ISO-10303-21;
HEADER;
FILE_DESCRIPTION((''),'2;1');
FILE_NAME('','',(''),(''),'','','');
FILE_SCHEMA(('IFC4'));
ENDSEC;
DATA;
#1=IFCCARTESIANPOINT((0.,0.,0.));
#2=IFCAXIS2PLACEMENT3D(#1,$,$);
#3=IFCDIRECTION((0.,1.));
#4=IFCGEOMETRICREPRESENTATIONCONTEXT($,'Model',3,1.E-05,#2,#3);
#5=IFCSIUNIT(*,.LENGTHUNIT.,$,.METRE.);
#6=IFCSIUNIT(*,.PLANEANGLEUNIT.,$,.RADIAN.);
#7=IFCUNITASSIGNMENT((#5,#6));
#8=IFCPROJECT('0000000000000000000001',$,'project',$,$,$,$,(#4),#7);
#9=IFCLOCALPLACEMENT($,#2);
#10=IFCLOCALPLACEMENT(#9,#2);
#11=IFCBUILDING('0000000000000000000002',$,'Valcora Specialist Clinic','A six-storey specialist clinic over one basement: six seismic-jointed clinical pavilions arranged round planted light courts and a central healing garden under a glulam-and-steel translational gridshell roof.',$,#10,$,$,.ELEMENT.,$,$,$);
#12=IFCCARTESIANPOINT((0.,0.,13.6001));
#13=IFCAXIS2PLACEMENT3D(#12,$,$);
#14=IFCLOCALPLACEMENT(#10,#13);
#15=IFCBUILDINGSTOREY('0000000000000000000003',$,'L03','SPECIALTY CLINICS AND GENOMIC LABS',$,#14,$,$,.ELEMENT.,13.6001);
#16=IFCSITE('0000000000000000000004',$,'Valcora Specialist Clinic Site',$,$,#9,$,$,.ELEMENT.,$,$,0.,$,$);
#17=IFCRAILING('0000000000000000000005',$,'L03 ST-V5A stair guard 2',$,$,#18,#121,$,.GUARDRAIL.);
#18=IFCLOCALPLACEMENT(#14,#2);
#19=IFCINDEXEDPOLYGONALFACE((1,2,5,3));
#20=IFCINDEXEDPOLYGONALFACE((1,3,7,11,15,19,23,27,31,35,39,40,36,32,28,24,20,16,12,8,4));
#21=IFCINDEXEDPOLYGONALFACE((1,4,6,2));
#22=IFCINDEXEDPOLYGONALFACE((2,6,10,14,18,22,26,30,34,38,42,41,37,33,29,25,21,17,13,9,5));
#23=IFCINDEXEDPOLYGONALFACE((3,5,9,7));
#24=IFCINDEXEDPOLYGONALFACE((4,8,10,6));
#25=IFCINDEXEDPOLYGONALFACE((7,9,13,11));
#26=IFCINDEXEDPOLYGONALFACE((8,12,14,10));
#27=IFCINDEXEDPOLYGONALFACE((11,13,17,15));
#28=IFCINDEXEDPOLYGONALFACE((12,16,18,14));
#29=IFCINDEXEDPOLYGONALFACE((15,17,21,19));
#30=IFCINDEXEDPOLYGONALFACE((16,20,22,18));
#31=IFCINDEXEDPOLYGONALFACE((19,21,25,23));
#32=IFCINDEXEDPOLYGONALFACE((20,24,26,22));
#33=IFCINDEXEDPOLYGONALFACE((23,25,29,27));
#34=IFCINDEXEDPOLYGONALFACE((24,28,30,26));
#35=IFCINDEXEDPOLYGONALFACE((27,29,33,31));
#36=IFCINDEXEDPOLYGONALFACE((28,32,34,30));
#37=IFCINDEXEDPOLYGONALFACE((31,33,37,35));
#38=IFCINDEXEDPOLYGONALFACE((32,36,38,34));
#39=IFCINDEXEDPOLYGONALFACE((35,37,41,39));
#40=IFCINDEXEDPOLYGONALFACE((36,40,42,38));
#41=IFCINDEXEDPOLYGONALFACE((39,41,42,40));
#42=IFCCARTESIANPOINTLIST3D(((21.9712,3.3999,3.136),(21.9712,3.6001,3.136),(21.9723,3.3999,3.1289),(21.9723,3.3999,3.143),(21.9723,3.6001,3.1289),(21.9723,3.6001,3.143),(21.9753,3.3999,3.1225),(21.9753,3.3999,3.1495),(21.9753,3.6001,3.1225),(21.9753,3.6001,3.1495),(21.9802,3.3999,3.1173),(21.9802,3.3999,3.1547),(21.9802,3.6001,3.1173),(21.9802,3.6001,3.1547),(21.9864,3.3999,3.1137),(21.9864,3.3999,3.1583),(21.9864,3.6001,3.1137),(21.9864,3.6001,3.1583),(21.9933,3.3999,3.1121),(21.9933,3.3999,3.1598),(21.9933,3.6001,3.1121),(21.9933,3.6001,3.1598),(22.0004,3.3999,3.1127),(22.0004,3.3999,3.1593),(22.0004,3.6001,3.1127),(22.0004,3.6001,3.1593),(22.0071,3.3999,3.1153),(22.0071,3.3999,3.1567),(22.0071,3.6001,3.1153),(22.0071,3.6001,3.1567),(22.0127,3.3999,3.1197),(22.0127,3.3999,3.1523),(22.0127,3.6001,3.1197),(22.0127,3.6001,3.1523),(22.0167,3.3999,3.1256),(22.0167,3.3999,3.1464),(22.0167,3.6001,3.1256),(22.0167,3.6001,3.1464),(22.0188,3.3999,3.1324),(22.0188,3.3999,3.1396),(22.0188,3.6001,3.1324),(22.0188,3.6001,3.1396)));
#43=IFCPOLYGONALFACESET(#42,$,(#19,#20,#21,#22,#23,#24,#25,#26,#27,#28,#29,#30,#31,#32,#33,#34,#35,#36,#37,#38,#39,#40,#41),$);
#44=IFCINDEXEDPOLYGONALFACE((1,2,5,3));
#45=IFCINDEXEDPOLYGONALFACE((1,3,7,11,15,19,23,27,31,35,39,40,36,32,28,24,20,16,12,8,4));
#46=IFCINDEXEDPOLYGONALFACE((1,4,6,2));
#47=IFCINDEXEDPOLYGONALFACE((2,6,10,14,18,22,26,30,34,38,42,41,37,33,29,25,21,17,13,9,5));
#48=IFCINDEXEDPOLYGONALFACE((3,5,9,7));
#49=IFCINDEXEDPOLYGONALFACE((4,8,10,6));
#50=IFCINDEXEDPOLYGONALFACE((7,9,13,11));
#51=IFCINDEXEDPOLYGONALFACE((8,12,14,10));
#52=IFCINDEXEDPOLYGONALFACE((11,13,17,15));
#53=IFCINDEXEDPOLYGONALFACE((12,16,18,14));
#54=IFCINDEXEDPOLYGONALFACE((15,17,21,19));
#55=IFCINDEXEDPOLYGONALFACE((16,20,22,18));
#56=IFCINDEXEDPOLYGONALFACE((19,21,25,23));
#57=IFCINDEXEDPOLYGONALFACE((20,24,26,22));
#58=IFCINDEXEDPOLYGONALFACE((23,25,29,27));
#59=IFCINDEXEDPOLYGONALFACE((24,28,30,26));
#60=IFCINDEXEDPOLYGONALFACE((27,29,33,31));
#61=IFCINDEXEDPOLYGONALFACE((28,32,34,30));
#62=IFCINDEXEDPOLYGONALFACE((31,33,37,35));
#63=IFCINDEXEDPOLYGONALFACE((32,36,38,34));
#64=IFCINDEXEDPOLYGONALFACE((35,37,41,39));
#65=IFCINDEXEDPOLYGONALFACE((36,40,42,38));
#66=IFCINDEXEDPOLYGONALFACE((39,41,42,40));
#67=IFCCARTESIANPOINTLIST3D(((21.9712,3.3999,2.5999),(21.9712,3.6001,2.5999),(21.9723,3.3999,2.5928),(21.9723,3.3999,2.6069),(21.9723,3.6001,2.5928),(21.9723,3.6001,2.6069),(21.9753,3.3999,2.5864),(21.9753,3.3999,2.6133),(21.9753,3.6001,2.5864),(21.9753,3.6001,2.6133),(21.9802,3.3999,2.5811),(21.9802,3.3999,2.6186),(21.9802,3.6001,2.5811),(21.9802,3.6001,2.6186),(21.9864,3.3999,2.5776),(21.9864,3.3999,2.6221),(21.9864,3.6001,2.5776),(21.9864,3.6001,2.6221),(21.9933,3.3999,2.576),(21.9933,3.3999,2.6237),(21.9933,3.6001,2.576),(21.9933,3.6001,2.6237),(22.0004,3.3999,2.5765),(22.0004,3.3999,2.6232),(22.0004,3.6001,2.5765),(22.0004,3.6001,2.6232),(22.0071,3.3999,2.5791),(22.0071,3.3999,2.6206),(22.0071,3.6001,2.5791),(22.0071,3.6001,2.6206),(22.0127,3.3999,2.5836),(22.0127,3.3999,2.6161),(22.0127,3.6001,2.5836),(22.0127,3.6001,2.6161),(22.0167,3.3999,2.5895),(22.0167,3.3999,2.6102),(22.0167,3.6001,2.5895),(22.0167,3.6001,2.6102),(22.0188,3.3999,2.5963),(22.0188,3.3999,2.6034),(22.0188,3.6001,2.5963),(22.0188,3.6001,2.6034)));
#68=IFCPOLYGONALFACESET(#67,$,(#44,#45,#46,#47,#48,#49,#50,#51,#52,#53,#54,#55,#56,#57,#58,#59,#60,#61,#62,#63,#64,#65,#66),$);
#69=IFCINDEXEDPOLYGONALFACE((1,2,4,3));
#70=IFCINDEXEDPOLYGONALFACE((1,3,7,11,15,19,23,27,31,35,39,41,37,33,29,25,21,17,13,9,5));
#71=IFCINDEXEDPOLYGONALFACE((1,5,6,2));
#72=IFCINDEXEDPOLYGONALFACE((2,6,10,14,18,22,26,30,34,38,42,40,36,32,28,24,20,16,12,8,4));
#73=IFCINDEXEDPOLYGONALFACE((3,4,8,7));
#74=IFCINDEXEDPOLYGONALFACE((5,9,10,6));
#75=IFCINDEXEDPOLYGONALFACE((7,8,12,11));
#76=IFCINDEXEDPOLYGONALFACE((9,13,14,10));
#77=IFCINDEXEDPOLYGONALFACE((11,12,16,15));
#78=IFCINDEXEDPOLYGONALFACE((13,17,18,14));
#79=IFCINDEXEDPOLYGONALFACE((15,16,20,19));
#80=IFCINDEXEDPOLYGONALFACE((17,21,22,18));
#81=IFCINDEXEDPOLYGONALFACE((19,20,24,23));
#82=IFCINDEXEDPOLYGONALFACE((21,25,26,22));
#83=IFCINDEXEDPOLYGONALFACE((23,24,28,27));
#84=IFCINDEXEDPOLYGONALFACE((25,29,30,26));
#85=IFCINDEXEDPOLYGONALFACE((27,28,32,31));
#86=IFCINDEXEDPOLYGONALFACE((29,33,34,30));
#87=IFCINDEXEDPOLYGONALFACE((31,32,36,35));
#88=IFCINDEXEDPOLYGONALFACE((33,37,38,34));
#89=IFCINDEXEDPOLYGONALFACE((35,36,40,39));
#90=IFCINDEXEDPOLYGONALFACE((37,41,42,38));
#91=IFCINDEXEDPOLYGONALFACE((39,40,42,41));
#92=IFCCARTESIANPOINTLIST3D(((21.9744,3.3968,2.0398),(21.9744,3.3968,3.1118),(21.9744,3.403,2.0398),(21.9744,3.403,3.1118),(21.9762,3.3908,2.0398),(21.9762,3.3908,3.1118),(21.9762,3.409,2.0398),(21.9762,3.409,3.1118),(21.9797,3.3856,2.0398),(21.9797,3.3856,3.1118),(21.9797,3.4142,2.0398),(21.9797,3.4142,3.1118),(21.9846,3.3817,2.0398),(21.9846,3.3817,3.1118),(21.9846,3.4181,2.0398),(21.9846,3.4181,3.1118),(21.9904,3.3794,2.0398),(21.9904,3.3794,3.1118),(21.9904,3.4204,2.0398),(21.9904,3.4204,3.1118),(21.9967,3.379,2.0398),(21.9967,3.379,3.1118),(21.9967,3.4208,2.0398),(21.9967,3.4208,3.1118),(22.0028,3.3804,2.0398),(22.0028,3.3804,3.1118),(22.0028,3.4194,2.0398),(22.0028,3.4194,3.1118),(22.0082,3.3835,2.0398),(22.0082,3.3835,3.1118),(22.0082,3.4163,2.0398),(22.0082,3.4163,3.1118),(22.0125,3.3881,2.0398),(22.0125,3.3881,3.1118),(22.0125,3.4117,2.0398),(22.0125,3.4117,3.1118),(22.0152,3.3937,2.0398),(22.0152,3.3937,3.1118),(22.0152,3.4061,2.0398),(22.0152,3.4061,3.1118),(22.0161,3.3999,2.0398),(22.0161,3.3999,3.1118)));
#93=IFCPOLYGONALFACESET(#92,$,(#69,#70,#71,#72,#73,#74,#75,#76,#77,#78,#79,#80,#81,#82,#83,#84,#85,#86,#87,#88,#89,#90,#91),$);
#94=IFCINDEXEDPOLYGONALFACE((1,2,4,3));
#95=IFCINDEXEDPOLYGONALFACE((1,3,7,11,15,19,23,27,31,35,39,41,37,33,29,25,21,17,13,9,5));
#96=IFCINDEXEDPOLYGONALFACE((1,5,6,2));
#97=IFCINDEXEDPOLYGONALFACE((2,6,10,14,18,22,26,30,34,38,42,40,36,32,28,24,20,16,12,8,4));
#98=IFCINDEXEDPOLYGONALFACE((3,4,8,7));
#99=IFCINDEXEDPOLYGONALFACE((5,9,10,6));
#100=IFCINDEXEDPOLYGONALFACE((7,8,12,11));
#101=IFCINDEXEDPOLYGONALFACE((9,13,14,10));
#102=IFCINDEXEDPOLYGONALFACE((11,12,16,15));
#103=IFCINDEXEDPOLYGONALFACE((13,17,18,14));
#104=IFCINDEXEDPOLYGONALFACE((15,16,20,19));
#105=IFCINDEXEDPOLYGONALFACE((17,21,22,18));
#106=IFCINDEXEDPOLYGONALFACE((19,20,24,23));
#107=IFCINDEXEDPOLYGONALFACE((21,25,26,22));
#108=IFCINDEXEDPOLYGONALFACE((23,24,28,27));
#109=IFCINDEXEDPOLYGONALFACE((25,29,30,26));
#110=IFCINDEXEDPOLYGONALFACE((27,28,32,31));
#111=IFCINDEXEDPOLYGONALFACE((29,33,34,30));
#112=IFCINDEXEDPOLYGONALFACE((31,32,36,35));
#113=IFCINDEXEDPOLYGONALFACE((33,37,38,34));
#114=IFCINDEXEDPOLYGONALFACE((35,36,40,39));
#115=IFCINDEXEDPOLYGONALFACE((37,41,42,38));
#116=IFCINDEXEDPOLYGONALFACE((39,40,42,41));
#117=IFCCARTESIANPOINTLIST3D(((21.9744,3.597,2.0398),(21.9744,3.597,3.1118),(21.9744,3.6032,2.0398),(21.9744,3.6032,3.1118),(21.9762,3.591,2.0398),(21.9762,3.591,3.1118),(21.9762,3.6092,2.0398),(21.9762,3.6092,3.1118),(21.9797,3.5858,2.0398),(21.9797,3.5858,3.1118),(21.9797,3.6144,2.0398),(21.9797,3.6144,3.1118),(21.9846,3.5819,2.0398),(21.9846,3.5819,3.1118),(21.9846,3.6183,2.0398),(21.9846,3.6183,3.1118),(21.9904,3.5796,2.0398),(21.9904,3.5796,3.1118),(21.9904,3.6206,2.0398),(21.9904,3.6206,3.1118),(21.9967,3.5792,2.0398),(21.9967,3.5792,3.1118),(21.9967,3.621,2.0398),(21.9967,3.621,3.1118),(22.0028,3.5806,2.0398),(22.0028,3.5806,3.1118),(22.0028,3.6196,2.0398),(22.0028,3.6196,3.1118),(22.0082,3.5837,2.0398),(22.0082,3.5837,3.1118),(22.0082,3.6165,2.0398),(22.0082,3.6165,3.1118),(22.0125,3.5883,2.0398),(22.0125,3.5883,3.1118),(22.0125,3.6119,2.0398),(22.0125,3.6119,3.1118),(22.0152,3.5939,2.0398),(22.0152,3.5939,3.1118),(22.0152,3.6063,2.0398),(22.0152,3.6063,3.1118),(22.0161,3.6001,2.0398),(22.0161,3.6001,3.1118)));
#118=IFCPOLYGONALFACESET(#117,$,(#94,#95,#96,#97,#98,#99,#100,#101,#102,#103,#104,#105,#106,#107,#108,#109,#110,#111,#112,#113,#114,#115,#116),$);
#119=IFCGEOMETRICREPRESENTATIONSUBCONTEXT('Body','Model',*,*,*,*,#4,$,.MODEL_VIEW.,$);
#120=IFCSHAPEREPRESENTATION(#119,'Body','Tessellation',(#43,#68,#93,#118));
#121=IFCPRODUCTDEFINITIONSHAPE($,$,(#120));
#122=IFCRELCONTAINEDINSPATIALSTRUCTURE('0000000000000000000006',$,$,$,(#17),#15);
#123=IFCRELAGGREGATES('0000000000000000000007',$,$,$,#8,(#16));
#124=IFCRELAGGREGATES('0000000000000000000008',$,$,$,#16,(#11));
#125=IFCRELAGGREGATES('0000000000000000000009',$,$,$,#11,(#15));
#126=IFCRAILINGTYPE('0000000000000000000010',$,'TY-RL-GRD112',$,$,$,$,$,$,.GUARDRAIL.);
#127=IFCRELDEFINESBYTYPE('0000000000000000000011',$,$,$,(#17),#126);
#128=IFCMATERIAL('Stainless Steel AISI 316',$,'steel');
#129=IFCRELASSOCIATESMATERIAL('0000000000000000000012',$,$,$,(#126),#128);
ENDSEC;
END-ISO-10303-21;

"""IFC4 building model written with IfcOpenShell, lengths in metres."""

from ifc_helpers import new_model, si_unit, direction, frame, origin, origin_2d, place, context, subcontext, project, spatial, circle, extrude, material, type_object, element, save


model = new_model("IFC4")

# Units and contexts
model_context = context("Model", 3, precision=1e-05, world=origin(), true_north=direction((0.0, 1.0)))
body_context = subcontext(model_context, "Body", "Model", "MODEL_VIEW")
ifc_project = project(units=[si_unit("LENGTHUNIT", "METRE"), si_unit("PLANEANGLEUNIT", "RADIAN")], contexts=[model_context])

# Site, building, storey
site_placement = place(None, origin())
site = spatial("IfcSite", under=ifc_project, at=site_placement, Name="Valcora Specialist Clinic Site", CompositionType="ELEMENT", RefElevation=0.0)
building_placement = place(site_placement, origin())
building = spatial("IfcBuilding", under=site, at=building_placement, Name="Valcora Specialist Clinic", Description="A six-storey specialist clinic over one basement: six seismic-jointed clinical pavilions arranged round planted light courts and a central healing garden under a glulam-and-steel translational gridshell roof.", CompositionType="ELEMENT")
storey_placement = place(building_placement, frame((0.0, 0.0, 13.6001)))
storey = spatial("IfcBuildingStorey", under=building, at=storey_placement, Name="L03", Description="SPECIALTY CLINICS AND GENOMIC LABS", CompositionType="ELEMENT", Elevation=13.6001)

# Railing
ifc_material_1 = material(Name="Stainless Steel AISI 316", Category="steel")
railing_type_1 = type_object("IfcRailingType", Name="TY-RL-GRD112", PredefinedType="GUARDRAIL", material=ifc_material_1)
railing_1_placement = place(storey_placement, frame((21.9951, 3.3999, 2.0398)))
element("IfcRailing", 1, at=railing_1_placement, inside=storey, type_object=railing_type_1, Name="L03 ST-V5A stair guard 2", PredefinedType="GUARDRAIL", context=body_context, shape_type="SweptSolid", body=[
    extrude(circle(Radius=0.0239, at=origin_2d()), frame((0.0, 0.0, 1.0962), z_axis=(0.0, 1.0, 0.0), x_axis=(-1.0, 0.0, 0.0)), (0.0, 0.0, 1.0), 0.2002),
    extrude(circle(Radius=0.0239, at=origin_2d()), frame((0.0, 0.0, 0.5601), z_axis=(0.0, 1.0, 0.0), x_axis=(-1.0, 0.0, 0.0)), (0.0, 0.0, 1.0), 0.2002),
    extrude(circle(Radius=0.021, at=origin_2d()), origin(), (0.0, 0.0, 1.0), 1.072),
    extrude(circle(Radius=0.021, at=origin_2d()), frame((0.0, 0.2002, 0.0)), (0.0, 0.0, 1.0), 1.072),
])

save(model, "model.ifc")
